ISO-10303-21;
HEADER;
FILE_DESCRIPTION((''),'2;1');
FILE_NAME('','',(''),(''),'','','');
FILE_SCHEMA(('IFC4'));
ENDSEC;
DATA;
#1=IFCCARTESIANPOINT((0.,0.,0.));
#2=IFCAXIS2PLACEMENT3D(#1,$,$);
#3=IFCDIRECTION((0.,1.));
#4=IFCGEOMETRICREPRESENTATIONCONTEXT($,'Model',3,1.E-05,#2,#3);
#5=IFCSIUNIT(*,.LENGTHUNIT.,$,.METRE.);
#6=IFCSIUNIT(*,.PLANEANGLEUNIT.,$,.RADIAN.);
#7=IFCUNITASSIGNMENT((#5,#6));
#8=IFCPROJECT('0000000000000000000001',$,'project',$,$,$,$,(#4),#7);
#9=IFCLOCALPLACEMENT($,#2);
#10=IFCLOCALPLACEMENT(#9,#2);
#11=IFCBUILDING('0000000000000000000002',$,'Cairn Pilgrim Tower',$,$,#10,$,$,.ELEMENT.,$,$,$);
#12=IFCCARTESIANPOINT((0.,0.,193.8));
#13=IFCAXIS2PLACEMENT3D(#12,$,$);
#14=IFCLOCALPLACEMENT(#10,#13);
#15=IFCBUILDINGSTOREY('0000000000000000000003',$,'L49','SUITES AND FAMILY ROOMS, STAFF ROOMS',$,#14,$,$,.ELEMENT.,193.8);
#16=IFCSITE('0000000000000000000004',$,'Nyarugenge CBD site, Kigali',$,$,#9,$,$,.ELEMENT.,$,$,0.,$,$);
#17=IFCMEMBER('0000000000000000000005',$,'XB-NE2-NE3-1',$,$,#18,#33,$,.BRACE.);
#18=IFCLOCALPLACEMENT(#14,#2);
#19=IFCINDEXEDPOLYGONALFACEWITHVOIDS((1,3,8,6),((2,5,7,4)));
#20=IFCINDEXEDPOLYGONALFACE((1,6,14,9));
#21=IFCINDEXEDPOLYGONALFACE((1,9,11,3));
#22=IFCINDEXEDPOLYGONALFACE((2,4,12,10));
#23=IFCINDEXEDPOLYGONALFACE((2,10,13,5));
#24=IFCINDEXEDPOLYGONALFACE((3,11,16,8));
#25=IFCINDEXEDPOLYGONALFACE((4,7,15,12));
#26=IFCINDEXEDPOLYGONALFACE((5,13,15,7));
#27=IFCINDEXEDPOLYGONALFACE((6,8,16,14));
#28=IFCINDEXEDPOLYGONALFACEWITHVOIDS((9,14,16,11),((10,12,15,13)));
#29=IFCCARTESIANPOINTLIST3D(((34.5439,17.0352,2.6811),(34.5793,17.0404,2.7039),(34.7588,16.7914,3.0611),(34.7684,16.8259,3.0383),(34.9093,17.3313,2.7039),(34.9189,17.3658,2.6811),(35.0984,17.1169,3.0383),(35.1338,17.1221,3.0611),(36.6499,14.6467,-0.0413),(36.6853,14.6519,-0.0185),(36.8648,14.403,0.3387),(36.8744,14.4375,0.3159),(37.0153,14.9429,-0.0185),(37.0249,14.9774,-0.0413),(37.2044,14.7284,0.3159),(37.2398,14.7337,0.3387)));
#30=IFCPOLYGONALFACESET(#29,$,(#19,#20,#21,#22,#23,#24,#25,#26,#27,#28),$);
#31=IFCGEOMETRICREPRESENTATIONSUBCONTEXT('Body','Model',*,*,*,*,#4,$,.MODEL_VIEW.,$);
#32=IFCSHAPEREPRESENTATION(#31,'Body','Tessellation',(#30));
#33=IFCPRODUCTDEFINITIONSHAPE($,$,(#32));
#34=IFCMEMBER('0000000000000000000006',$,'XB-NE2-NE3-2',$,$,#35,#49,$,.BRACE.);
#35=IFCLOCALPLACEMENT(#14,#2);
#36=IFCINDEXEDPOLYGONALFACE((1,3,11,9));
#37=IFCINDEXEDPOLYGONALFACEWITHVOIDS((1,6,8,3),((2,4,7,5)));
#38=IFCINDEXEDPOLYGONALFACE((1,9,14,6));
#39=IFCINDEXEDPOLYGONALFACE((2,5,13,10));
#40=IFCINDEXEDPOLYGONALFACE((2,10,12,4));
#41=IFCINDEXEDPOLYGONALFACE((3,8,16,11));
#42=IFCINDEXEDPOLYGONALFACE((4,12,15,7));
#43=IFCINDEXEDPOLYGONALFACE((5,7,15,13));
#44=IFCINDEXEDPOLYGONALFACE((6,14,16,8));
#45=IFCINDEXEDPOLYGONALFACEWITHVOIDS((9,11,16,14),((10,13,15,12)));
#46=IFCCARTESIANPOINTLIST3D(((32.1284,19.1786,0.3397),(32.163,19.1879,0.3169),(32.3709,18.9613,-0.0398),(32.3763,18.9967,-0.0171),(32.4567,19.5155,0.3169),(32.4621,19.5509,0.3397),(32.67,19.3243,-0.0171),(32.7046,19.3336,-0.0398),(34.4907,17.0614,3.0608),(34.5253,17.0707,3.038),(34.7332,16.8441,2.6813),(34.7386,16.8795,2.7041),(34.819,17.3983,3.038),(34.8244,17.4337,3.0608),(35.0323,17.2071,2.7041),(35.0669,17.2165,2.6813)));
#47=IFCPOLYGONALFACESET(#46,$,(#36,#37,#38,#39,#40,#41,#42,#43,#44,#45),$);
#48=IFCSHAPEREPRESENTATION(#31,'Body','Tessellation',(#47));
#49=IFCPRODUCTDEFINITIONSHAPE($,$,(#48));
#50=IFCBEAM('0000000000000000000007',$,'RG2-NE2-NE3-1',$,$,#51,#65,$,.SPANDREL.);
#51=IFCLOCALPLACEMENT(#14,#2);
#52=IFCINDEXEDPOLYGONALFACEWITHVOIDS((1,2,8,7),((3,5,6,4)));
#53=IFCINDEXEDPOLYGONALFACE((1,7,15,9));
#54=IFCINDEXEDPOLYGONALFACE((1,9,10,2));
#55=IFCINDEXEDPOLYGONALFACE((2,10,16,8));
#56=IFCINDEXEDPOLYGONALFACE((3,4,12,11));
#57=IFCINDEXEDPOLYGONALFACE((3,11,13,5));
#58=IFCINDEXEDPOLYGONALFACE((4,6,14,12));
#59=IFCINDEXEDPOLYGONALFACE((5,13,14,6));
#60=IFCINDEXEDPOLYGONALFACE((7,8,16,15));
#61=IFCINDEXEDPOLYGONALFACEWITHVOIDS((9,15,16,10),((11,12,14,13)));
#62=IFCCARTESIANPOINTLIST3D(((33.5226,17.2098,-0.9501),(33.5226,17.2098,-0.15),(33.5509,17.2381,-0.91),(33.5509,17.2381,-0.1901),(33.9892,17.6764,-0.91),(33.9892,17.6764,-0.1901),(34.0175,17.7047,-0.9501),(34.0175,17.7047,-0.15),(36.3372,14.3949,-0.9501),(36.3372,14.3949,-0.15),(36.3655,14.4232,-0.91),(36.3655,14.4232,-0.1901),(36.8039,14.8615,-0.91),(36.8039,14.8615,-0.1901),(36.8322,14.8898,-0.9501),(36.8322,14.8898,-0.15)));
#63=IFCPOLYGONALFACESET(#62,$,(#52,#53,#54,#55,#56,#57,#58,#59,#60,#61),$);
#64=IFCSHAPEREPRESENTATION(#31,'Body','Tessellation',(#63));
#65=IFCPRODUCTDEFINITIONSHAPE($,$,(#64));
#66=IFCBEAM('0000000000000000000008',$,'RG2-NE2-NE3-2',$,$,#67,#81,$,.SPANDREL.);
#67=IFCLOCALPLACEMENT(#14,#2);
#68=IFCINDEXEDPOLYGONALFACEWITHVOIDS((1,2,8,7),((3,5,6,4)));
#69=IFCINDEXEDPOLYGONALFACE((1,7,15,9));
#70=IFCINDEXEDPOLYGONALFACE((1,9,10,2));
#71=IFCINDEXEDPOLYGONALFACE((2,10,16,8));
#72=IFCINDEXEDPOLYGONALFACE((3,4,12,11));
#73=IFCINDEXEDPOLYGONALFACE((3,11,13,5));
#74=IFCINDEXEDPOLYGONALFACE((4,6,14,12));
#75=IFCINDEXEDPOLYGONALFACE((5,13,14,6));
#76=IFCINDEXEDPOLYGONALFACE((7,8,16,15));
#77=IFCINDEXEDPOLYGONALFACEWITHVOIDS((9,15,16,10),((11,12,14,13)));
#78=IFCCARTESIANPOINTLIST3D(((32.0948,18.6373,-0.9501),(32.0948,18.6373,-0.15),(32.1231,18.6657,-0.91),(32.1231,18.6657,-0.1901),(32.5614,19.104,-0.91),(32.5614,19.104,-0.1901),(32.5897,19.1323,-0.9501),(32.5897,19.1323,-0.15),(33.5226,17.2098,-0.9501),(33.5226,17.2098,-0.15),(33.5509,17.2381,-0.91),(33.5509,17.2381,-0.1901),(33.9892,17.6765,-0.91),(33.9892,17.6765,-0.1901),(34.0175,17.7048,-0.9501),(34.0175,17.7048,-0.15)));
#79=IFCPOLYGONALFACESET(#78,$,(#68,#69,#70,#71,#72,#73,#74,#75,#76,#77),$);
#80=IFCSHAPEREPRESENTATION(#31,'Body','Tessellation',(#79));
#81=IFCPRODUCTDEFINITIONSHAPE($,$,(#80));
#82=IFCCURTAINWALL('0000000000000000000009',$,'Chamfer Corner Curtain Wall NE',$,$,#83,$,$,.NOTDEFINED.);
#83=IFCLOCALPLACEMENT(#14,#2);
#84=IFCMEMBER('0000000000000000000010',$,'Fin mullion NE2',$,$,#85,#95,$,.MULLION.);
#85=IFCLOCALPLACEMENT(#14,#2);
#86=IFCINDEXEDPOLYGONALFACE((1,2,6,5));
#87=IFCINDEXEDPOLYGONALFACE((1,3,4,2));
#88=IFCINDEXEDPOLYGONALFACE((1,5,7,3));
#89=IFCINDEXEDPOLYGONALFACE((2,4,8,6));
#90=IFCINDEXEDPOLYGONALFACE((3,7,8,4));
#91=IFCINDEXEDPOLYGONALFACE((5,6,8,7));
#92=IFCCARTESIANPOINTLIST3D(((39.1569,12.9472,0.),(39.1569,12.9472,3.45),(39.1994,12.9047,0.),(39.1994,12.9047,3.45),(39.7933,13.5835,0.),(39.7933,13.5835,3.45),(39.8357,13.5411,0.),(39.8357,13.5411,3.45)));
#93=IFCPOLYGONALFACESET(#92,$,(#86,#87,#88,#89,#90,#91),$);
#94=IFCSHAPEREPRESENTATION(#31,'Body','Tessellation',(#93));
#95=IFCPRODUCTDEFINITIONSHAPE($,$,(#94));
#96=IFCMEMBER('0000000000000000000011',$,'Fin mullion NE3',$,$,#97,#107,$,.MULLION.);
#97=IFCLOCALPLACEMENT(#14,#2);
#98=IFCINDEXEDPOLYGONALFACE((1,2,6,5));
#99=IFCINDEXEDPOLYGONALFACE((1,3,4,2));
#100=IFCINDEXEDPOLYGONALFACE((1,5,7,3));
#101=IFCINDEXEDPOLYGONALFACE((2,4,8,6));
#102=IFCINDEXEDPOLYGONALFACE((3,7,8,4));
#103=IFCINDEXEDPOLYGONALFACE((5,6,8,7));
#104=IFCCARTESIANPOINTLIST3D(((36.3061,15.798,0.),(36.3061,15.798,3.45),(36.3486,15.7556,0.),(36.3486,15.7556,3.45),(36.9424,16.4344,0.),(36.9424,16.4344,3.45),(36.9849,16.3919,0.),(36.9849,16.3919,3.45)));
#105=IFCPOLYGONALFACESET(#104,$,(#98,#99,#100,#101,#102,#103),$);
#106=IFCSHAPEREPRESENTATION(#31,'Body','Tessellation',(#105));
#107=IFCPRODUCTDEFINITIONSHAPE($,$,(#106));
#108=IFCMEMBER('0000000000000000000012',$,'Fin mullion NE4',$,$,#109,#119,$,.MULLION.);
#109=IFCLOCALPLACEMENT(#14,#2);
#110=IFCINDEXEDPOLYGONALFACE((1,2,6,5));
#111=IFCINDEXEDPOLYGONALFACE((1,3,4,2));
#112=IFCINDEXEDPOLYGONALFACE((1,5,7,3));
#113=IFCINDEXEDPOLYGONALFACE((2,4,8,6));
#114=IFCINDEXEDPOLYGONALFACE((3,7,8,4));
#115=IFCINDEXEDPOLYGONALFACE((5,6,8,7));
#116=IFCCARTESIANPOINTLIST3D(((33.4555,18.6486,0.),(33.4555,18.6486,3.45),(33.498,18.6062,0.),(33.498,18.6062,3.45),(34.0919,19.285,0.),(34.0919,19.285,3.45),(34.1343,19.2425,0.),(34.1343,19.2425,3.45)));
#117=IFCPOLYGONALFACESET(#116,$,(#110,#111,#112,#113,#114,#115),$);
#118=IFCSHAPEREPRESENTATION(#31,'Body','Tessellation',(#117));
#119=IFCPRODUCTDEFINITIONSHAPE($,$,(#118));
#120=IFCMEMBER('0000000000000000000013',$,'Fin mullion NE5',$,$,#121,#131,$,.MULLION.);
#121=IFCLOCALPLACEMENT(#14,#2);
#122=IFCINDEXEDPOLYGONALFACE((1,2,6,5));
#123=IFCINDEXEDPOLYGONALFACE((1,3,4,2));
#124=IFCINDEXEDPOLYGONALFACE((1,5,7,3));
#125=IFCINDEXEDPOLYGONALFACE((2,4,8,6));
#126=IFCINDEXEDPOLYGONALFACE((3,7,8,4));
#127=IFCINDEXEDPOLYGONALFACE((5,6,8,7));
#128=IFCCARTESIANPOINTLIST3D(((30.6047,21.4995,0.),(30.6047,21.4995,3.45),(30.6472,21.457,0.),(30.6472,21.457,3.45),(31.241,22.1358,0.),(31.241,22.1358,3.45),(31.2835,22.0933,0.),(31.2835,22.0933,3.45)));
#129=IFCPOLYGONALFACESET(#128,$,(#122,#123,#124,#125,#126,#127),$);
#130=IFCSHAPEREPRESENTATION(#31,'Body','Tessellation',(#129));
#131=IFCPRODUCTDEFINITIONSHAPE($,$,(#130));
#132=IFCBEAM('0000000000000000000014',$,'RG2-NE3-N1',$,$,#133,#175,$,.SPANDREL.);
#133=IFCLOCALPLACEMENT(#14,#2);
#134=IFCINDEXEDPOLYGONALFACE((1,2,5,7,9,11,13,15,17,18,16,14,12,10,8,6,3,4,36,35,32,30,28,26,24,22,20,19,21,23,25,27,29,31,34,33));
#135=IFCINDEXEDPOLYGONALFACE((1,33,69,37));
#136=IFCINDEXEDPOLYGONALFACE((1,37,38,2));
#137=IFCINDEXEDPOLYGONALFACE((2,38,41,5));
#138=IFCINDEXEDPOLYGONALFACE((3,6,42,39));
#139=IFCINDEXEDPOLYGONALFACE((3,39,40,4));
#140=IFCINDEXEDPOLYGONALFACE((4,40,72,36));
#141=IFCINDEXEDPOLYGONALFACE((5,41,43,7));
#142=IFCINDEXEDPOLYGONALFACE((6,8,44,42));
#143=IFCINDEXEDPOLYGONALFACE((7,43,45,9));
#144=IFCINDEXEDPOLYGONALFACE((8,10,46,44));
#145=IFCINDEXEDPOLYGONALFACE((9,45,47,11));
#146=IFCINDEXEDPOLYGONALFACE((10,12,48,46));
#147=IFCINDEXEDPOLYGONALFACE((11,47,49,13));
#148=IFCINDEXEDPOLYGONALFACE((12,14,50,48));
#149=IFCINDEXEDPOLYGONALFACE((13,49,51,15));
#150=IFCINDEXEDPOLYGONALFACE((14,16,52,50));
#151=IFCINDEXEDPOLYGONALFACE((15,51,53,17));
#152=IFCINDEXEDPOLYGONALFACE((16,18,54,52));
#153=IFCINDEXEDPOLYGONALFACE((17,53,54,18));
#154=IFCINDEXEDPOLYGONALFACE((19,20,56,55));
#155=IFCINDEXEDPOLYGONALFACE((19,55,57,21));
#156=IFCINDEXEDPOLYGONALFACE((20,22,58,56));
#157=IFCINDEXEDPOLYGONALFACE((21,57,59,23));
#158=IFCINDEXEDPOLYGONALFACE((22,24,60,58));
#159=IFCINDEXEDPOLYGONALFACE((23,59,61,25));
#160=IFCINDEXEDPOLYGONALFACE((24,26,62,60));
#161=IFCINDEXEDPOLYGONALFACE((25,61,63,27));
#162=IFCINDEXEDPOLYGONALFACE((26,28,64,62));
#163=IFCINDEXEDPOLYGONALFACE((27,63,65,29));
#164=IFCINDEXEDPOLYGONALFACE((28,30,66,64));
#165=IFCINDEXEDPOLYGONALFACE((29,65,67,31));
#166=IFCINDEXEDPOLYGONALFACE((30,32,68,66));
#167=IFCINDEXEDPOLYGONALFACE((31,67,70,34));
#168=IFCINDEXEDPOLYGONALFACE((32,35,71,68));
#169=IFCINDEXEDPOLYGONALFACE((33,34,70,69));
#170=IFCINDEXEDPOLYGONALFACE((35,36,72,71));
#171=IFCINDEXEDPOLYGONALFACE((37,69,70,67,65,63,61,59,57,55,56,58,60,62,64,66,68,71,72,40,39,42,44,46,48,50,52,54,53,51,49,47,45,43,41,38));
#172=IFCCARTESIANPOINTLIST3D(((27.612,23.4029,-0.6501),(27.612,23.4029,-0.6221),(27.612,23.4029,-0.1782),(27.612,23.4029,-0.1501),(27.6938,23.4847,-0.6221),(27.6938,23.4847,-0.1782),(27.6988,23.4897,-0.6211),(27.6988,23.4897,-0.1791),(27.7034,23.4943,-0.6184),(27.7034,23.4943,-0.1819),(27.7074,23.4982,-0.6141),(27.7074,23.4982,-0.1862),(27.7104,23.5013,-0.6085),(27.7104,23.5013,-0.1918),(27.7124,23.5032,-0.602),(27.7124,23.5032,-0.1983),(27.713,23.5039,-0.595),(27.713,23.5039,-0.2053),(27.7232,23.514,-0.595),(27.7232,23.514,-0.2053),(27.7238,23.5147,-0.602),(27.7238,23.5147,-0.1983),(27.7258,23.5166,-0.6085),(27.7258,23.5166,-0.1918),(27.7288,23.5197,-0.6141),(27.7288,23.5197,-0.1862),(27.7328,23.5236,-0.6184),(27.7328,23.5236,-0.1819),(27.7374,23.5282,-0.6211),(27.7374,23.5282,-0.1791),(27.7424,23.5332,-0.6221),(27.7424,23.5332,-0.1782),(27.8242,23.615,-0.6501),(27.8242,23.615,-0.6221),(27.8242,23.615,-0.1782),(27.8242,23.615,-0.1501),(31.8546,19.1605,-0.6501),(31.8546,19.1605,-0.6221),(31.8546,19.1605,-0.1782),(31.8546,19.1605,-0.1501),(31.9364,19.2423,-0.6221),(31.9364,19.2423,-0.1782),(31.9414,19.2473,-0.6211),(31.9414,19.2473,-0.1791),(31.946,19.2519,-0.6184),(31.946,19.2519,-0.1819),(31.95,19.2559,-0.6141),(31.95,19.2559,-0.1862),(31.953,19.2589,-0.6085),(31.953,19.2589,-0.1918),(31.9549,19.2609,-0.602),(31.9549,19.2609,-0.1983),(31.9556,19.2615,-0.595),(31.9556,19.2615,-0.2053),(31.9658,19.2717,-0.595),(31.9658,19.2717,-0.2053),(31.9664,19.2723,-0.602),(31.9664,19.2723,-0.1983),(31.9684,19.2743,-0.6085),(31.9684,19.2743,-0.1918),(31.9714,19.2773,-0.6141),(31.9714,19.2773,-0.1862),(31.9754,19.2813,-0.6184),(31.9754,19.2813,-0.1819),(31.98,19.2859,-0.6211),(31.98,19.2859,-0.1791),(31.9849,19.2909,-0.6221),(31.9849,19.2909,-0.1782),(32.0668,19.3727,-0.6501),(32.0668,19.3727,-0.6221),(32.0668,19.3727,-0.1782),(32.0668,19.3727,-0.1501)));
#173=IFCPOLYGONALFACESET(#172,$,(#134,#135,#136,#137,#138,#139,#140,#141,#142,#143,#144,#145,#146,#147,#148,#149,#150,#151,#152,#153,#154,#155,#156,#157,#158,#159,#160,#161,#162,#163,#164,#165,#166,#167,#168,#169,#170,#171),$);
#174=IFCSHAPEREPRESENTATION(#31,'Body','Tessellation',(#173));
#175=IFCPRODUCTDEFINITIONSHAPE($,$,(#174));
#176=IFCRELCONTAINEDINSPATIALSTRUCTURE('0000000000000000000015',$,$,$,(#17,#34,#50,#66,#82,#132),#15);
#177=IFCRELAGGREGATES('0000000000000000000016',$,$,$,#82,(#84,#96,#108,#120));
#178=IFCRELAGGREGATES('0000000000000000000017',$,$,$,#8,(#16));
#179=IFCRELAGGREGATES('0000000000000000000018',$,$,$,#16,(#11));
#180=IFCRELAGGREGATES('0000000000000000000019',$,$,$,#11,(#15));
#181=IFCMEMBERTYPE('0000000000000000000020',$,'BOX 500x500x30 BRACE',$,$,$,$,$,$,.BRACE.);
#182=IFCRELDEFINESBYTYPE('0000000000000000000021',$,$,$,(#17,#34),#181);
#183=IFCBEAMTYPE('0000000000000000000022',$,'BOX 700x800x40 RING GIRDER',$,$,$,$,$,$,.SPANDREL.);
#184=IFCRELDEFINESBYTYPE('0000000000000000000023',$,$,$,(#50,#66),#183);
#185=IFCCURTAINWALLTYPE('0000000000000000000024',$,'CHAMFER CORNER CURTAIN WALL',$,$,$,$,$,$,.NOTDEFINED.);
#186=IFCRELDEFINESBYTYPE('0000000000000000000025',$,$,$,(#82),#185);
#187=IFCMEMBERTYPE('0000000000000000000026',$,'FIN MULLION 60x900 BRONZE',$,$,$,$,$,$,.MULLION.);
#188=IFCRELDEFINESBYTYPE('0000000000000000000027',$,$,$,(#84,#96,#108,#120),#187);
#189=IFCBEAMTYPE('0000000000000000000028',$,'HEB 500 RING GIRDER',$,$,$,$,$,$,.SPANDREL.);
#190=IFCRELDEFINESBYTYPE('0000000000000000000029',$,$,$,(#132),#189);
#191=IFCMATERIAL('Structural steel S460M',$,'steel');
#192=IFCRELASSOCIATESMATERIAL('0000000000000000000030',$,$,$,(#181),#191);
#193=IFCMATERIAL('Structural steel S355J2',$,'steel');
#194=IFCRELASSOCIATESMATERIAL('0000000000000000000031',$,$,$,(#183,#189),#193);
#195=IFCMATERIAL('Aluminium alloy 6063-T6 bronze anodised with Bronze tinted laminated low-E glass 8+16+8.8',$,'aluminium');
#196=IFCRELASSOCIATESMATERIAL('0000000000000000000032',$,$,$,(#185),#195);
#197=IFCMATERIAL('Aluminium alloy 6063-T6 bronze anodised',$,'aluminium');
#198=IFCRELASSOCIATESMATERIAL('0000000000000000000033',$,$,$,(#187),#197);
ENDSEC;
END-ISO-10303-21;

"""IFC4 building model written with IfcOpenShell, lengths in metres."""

from ifc_helpers import new_model, si_unit, direction, frame, origin, origin_2d, place, context, subcontext, project, spatial, rectangle, hollow_rectangle, i_section, extrude, material, material_profile, profile_set, type_object, element, aggregate, save


model = new_model("IFC4")

# Units and contexts
model_context = context("Model", 3, precision=1e-05, world=origin(), true_north=direction((0.0, 1.0)))
body_context = subcontext(model_context, "Body", "Model", "MODEL_VIEW")
ifc_project = project(units=[si_unit("LENGTHUNIT", "METRE"), si_unit("PLANEANGLEUNIT", "RADIAN")], contexts=[model_context])

# Site, building, storey
site_placement = place(None, origin())
site = spatial("IfcSite", under=ifc_project, at=site_placement, Name="Nyarugenge CBD site, Kigali", CompositionType="ELEMENT", RefElevation=0.0)
building_placement = place(site_placement, origin())
building = spatial("IfcBuilding", under=site, at=building_placement, Name="Cairn Pilgrim Tower", CompositionType="ELEMENT")
storey_placement = place(building_placement, frame((0.0, 0.0, 193.8)))
storey = spatial("IfcBuildingStorey", under=building, at=storey_placement, Name="L49", Description="SUITES AND FAMILY ROOMS, STAFF ROOMS", CompositionType="ELEMENT", Elevation=193.8)

# Shared definitions
ifc_material_1 = material(Name="Structural steel S460M", Category="steel")

# Members
ifc_material_profile_1 = material_profile(ifc_material_1, hollow_rectangle(XDim=0.5, YDim=0.5, WallThickness=0.03, at=origin_2d()), Name="BOX 500x500x30")
ifc_profile_set_1 = profile_set([ifc_material_profile_1], Name="Structural steel S460M")
member_type_1 = type_object("IfcMemberType", Name="BOX 500x500x30 BRACE", PredefinedType="BRACE", material=ifc_profile_set_1)
member_1_placement = place(storey_placement, frame((36.9448, 14.6902, 0.1487), z_axis=(-0.502686, 0.570111, 0.649832), x_axis=(-0.750068, -0.66136, 0.0)))
element("IfcMember", 1, at=member_1_placement, inside=storey, type_object=member_type_1, Name="XB-NE2-NE3-1", PredefinedType="BRACE", context=body_context, shape_type="SweptSolid", body=[
    extrude(hollow_rectangle(XDim=0.5, YDim=0.5, WallThickness=0.03, at=origin_2d()), origin(), (0.0, 0.0, 1.0), 4.1895),
])
member_2_placement = place(storey_placement, frame((32.4165, 19.2561, 0.1499), z_axis=(0.565218, -0.50657, 0.651088), x_axis=(0.667416, 0.744686, 0.0)))
element("IfcMember", 2, at=member_2_placement, inside=storey, type_object=member_type_1, Name="XB-NE2-NE3-2", PredefinedType="BRACE", context=body_context, shape_type="SweptSolid", body=[
    extrude(hollow_rectangle(XDim=0.5, YDim=0.5, WallThickness=0.03, at=origin_2d()), origin(), (0.0, 0.0, 1.0), 4.1794),
])

# Beams
ifc_material_2 = material(Name="Structural steel S355J2", Category="steel")
ifc_material_profile_2 = material_profile(ifc_material_2, hollow_rectangle(XDim=0.7, YDim=0.8, WallThickness=0.04, at=origin_2d()), Name="BOX 700x800x40")
ifc_profile_set_2 = profile_set([ifc_material_profile_2], Name="Structural steel S355J2")
beam_type_1 = type_object("IfcBeamType", Name="BOX 700x800x40 RING GIRDER", PredefinedType="SPANDREL", material=ifc_profile_set_2)
beam_1_placement = place(storey_placement, frame((36.5847, 14.6423, -0.55), z_axis=(-0.707076, 0.707137, 0.0), x_axis=(-0.707137, -0.707076, 0.0)))
element("IfcBeam", 3, at=beam_1_placement, inside=storey, type_object=beam_type_1, Name="RG2-NE2-NE3-1", PredefinedType="SPANDREL", context=body_context, shape_type="SweptSolid", body=[
    extrude(hollow_rectangle(XDim=0.7, YDim=0.8, WallThickness=0.04, at=origin_2d()), origin(), (0.0, 0.0, 1.0), 3.9807),
])
beam_2_placement = place(storey_placement, frame((33.77, 17.4573, -0.55), z_axis=(-0.707167, 0.707046, 0.0), x_axis=(-0.707046, -0.707167, 0.0)))
element("IfcBeam", 4, at=beam_2_placement, inside=storey, type_object=beam_type_1, Name="RG2-NE2-NE3-2", PredefinedType="SPANDREL", context=body_context, shape_type="SweptSolid", body=[
    extrude(hollow_rectangle(XDim=0.7, YDim=0.8, WallThickness=0.04, at=origin_2d()), origin(), (0.0, 0.0, 1.0), 2.019),
])

# Curtain wall, members
ifc_material_3 = material(Name="Aluminium alloy 6063-T6 bronze anodised with Bronze tinted laminated low-E glass 8+16+8.8", Category="aluminium")
curtain_wall_type = type_object("IfcCurtainWallType", Name="CHAMFER CORNER CURTAIN WALL", PredefinedType="NOTDEFINED", material=ifc_material_3)
curtain_wall_placement = place(storey_placement, origin())
curtain_wall = element("IfcCurtainWall", 5, at=curtain_wall_placement, inside=storey, type_object=curtain_wall_type, Name="Chamfer Corner Curtain Wall NE", PredefinedType="NOTDEFINED")
ifc_material_4 = material(Name="Aluminium alloy 6063-T6 bronze anodised", Category="aluminium")
ifc_material_profile_3 = material_profile(ifc_material_4, rectangle(XDim=0.8999, YDim=0.0601, at=origin_2d()), Name="FIN MULLION 60x900 BRONZE")
ifc_profile_set_3 = profile_set([ifc_material_profile_3], Name="Aluminium alloy 6063-T6 bronze anodised")
member_type_2 = type_object("IfcMemberType", Name="FIN MULLION 60x900 BRONZE", PredefinedType="MULLION", material=ifc_profile_set_3)
member_3_placement = place(storey_placement, frame((39.4963, 13.2441, 0.0), z_axis=(0.0, 0.0, 1.0), x_axis=(0.707107, 0.707107, 0.0)))
member_3 = element("IfcMember", 6, at=member_3_placement, type_object=member_type_2, Name="Fin mullion NE2", PredefinedType="MULLION", context=body_context, shape_type="SweptSolid", body=[
    extrude(rectangle(XDim=0.8999, YDim=0.0601, at=origin_2d()), origin(), (0.0, 0.0, 1.0), 3.45),
])
member_4_placement = place(storey_placement, frame((36.6455, 16.095, 0.0), z_axis=(0.0, 0.0, 1.0), x_axis=(0.707107, 0.707107, 0.0)))
member_4 = element("IfcMember", 7, at=member_4_placement, type_object=member_type_2, Name="Fin mullion NE3", PredefinedType="MULLION", context=body_context, shape_type="SweptSolid", body=[
    extrude(rectangle(XDim=0.8999, YDim=0.0601, at=origin_2d()), origin(), (0.0, 0.0, 1.0), 3.45),
])
member_5_placement = place(storey_placement, frame((33.7949, 18.9456, 0.0), z_axis=(0.0, 0.0, 1.0), x_axis=(0.707107, 0.707107, 0.0)))
member_5 = element("IfcMember", 8, at=member_5_placement, type_object=member_type_2, Name="Fin mullion NE4", PredefinedType="MULLION", context=body_context, shape_type="SweptSolid", body=[
    extrude(rectangle(XDim=0.8999, YDim=0.0601, at=origin_2d()), origin(), (0.0, 0.0, 1.0), 3.45),
])
member_6_placement = place(storey_placement, frame((30.9441, 21.7964, 0.0), z_axis=(0.0, 0.0, 1.0), x_axis=(0.707107, 0.707107, 0.0)))
member_6 = element("IfcMember", 9, at=member_6_placement, type_object=member_type_2, Name="Fin mullion NE5", PredefinedType="MULLION", context=body_context, shape_type="SweptSolid", body=[
    extrude(rectangle(XDim=0.8999, YDim=0.0601, at=origin_2d()), origin(), (0.0, 0.0, 1.0), 3.45),
])

# Beam
ifc_material_profile_4 = material_profile(ifc_material_2, i_section(OverallWidth=0.3, OverallDepth=0.5, WebThickness=0.0144, FlangeThickness=0.0281, FilletRadius=0.0271, at=origin_2d()), Name="HEB 500")
ifc_profile_set_4 = profile_set([ifc_material_profile_4], Name="Structural steel S355J2")
beam_type_2 = type_object("IfcBeamType", Name="HEB 500 RING GIRDER", PredefinedType="SPANDREL", material=ifc_profile_set_4)
beam_3_placement = place(storey_placement, frame((31.9607, 19.2666, -0.4001), z_axis=(-0.707127, 0.707086, 0.0), x_axis=(-0.707086, -0.707127, 0.0)))
element("IfcBeam", 10, at=beam_3_placement, inside=storey, type_object=beam_type_2, Name="RG2-NE3-N1", PredefinedType="SPANDREL", context=body_context, shape_type="SweptSolid", body=[
    extrude(i_section(OverallWidth=0.3, OverallDepth=0.5, WebThickness=0.0144, FlangeThickness=0.0281, FilletRadius=0.0271, at=origin_2d()), origin(), (0.0, 0.0, 1.0), 5.9998),
])

aggregate(curtain_wall, [member_3, member_4, member_5, member_6])

save(model, "model.ifc")
